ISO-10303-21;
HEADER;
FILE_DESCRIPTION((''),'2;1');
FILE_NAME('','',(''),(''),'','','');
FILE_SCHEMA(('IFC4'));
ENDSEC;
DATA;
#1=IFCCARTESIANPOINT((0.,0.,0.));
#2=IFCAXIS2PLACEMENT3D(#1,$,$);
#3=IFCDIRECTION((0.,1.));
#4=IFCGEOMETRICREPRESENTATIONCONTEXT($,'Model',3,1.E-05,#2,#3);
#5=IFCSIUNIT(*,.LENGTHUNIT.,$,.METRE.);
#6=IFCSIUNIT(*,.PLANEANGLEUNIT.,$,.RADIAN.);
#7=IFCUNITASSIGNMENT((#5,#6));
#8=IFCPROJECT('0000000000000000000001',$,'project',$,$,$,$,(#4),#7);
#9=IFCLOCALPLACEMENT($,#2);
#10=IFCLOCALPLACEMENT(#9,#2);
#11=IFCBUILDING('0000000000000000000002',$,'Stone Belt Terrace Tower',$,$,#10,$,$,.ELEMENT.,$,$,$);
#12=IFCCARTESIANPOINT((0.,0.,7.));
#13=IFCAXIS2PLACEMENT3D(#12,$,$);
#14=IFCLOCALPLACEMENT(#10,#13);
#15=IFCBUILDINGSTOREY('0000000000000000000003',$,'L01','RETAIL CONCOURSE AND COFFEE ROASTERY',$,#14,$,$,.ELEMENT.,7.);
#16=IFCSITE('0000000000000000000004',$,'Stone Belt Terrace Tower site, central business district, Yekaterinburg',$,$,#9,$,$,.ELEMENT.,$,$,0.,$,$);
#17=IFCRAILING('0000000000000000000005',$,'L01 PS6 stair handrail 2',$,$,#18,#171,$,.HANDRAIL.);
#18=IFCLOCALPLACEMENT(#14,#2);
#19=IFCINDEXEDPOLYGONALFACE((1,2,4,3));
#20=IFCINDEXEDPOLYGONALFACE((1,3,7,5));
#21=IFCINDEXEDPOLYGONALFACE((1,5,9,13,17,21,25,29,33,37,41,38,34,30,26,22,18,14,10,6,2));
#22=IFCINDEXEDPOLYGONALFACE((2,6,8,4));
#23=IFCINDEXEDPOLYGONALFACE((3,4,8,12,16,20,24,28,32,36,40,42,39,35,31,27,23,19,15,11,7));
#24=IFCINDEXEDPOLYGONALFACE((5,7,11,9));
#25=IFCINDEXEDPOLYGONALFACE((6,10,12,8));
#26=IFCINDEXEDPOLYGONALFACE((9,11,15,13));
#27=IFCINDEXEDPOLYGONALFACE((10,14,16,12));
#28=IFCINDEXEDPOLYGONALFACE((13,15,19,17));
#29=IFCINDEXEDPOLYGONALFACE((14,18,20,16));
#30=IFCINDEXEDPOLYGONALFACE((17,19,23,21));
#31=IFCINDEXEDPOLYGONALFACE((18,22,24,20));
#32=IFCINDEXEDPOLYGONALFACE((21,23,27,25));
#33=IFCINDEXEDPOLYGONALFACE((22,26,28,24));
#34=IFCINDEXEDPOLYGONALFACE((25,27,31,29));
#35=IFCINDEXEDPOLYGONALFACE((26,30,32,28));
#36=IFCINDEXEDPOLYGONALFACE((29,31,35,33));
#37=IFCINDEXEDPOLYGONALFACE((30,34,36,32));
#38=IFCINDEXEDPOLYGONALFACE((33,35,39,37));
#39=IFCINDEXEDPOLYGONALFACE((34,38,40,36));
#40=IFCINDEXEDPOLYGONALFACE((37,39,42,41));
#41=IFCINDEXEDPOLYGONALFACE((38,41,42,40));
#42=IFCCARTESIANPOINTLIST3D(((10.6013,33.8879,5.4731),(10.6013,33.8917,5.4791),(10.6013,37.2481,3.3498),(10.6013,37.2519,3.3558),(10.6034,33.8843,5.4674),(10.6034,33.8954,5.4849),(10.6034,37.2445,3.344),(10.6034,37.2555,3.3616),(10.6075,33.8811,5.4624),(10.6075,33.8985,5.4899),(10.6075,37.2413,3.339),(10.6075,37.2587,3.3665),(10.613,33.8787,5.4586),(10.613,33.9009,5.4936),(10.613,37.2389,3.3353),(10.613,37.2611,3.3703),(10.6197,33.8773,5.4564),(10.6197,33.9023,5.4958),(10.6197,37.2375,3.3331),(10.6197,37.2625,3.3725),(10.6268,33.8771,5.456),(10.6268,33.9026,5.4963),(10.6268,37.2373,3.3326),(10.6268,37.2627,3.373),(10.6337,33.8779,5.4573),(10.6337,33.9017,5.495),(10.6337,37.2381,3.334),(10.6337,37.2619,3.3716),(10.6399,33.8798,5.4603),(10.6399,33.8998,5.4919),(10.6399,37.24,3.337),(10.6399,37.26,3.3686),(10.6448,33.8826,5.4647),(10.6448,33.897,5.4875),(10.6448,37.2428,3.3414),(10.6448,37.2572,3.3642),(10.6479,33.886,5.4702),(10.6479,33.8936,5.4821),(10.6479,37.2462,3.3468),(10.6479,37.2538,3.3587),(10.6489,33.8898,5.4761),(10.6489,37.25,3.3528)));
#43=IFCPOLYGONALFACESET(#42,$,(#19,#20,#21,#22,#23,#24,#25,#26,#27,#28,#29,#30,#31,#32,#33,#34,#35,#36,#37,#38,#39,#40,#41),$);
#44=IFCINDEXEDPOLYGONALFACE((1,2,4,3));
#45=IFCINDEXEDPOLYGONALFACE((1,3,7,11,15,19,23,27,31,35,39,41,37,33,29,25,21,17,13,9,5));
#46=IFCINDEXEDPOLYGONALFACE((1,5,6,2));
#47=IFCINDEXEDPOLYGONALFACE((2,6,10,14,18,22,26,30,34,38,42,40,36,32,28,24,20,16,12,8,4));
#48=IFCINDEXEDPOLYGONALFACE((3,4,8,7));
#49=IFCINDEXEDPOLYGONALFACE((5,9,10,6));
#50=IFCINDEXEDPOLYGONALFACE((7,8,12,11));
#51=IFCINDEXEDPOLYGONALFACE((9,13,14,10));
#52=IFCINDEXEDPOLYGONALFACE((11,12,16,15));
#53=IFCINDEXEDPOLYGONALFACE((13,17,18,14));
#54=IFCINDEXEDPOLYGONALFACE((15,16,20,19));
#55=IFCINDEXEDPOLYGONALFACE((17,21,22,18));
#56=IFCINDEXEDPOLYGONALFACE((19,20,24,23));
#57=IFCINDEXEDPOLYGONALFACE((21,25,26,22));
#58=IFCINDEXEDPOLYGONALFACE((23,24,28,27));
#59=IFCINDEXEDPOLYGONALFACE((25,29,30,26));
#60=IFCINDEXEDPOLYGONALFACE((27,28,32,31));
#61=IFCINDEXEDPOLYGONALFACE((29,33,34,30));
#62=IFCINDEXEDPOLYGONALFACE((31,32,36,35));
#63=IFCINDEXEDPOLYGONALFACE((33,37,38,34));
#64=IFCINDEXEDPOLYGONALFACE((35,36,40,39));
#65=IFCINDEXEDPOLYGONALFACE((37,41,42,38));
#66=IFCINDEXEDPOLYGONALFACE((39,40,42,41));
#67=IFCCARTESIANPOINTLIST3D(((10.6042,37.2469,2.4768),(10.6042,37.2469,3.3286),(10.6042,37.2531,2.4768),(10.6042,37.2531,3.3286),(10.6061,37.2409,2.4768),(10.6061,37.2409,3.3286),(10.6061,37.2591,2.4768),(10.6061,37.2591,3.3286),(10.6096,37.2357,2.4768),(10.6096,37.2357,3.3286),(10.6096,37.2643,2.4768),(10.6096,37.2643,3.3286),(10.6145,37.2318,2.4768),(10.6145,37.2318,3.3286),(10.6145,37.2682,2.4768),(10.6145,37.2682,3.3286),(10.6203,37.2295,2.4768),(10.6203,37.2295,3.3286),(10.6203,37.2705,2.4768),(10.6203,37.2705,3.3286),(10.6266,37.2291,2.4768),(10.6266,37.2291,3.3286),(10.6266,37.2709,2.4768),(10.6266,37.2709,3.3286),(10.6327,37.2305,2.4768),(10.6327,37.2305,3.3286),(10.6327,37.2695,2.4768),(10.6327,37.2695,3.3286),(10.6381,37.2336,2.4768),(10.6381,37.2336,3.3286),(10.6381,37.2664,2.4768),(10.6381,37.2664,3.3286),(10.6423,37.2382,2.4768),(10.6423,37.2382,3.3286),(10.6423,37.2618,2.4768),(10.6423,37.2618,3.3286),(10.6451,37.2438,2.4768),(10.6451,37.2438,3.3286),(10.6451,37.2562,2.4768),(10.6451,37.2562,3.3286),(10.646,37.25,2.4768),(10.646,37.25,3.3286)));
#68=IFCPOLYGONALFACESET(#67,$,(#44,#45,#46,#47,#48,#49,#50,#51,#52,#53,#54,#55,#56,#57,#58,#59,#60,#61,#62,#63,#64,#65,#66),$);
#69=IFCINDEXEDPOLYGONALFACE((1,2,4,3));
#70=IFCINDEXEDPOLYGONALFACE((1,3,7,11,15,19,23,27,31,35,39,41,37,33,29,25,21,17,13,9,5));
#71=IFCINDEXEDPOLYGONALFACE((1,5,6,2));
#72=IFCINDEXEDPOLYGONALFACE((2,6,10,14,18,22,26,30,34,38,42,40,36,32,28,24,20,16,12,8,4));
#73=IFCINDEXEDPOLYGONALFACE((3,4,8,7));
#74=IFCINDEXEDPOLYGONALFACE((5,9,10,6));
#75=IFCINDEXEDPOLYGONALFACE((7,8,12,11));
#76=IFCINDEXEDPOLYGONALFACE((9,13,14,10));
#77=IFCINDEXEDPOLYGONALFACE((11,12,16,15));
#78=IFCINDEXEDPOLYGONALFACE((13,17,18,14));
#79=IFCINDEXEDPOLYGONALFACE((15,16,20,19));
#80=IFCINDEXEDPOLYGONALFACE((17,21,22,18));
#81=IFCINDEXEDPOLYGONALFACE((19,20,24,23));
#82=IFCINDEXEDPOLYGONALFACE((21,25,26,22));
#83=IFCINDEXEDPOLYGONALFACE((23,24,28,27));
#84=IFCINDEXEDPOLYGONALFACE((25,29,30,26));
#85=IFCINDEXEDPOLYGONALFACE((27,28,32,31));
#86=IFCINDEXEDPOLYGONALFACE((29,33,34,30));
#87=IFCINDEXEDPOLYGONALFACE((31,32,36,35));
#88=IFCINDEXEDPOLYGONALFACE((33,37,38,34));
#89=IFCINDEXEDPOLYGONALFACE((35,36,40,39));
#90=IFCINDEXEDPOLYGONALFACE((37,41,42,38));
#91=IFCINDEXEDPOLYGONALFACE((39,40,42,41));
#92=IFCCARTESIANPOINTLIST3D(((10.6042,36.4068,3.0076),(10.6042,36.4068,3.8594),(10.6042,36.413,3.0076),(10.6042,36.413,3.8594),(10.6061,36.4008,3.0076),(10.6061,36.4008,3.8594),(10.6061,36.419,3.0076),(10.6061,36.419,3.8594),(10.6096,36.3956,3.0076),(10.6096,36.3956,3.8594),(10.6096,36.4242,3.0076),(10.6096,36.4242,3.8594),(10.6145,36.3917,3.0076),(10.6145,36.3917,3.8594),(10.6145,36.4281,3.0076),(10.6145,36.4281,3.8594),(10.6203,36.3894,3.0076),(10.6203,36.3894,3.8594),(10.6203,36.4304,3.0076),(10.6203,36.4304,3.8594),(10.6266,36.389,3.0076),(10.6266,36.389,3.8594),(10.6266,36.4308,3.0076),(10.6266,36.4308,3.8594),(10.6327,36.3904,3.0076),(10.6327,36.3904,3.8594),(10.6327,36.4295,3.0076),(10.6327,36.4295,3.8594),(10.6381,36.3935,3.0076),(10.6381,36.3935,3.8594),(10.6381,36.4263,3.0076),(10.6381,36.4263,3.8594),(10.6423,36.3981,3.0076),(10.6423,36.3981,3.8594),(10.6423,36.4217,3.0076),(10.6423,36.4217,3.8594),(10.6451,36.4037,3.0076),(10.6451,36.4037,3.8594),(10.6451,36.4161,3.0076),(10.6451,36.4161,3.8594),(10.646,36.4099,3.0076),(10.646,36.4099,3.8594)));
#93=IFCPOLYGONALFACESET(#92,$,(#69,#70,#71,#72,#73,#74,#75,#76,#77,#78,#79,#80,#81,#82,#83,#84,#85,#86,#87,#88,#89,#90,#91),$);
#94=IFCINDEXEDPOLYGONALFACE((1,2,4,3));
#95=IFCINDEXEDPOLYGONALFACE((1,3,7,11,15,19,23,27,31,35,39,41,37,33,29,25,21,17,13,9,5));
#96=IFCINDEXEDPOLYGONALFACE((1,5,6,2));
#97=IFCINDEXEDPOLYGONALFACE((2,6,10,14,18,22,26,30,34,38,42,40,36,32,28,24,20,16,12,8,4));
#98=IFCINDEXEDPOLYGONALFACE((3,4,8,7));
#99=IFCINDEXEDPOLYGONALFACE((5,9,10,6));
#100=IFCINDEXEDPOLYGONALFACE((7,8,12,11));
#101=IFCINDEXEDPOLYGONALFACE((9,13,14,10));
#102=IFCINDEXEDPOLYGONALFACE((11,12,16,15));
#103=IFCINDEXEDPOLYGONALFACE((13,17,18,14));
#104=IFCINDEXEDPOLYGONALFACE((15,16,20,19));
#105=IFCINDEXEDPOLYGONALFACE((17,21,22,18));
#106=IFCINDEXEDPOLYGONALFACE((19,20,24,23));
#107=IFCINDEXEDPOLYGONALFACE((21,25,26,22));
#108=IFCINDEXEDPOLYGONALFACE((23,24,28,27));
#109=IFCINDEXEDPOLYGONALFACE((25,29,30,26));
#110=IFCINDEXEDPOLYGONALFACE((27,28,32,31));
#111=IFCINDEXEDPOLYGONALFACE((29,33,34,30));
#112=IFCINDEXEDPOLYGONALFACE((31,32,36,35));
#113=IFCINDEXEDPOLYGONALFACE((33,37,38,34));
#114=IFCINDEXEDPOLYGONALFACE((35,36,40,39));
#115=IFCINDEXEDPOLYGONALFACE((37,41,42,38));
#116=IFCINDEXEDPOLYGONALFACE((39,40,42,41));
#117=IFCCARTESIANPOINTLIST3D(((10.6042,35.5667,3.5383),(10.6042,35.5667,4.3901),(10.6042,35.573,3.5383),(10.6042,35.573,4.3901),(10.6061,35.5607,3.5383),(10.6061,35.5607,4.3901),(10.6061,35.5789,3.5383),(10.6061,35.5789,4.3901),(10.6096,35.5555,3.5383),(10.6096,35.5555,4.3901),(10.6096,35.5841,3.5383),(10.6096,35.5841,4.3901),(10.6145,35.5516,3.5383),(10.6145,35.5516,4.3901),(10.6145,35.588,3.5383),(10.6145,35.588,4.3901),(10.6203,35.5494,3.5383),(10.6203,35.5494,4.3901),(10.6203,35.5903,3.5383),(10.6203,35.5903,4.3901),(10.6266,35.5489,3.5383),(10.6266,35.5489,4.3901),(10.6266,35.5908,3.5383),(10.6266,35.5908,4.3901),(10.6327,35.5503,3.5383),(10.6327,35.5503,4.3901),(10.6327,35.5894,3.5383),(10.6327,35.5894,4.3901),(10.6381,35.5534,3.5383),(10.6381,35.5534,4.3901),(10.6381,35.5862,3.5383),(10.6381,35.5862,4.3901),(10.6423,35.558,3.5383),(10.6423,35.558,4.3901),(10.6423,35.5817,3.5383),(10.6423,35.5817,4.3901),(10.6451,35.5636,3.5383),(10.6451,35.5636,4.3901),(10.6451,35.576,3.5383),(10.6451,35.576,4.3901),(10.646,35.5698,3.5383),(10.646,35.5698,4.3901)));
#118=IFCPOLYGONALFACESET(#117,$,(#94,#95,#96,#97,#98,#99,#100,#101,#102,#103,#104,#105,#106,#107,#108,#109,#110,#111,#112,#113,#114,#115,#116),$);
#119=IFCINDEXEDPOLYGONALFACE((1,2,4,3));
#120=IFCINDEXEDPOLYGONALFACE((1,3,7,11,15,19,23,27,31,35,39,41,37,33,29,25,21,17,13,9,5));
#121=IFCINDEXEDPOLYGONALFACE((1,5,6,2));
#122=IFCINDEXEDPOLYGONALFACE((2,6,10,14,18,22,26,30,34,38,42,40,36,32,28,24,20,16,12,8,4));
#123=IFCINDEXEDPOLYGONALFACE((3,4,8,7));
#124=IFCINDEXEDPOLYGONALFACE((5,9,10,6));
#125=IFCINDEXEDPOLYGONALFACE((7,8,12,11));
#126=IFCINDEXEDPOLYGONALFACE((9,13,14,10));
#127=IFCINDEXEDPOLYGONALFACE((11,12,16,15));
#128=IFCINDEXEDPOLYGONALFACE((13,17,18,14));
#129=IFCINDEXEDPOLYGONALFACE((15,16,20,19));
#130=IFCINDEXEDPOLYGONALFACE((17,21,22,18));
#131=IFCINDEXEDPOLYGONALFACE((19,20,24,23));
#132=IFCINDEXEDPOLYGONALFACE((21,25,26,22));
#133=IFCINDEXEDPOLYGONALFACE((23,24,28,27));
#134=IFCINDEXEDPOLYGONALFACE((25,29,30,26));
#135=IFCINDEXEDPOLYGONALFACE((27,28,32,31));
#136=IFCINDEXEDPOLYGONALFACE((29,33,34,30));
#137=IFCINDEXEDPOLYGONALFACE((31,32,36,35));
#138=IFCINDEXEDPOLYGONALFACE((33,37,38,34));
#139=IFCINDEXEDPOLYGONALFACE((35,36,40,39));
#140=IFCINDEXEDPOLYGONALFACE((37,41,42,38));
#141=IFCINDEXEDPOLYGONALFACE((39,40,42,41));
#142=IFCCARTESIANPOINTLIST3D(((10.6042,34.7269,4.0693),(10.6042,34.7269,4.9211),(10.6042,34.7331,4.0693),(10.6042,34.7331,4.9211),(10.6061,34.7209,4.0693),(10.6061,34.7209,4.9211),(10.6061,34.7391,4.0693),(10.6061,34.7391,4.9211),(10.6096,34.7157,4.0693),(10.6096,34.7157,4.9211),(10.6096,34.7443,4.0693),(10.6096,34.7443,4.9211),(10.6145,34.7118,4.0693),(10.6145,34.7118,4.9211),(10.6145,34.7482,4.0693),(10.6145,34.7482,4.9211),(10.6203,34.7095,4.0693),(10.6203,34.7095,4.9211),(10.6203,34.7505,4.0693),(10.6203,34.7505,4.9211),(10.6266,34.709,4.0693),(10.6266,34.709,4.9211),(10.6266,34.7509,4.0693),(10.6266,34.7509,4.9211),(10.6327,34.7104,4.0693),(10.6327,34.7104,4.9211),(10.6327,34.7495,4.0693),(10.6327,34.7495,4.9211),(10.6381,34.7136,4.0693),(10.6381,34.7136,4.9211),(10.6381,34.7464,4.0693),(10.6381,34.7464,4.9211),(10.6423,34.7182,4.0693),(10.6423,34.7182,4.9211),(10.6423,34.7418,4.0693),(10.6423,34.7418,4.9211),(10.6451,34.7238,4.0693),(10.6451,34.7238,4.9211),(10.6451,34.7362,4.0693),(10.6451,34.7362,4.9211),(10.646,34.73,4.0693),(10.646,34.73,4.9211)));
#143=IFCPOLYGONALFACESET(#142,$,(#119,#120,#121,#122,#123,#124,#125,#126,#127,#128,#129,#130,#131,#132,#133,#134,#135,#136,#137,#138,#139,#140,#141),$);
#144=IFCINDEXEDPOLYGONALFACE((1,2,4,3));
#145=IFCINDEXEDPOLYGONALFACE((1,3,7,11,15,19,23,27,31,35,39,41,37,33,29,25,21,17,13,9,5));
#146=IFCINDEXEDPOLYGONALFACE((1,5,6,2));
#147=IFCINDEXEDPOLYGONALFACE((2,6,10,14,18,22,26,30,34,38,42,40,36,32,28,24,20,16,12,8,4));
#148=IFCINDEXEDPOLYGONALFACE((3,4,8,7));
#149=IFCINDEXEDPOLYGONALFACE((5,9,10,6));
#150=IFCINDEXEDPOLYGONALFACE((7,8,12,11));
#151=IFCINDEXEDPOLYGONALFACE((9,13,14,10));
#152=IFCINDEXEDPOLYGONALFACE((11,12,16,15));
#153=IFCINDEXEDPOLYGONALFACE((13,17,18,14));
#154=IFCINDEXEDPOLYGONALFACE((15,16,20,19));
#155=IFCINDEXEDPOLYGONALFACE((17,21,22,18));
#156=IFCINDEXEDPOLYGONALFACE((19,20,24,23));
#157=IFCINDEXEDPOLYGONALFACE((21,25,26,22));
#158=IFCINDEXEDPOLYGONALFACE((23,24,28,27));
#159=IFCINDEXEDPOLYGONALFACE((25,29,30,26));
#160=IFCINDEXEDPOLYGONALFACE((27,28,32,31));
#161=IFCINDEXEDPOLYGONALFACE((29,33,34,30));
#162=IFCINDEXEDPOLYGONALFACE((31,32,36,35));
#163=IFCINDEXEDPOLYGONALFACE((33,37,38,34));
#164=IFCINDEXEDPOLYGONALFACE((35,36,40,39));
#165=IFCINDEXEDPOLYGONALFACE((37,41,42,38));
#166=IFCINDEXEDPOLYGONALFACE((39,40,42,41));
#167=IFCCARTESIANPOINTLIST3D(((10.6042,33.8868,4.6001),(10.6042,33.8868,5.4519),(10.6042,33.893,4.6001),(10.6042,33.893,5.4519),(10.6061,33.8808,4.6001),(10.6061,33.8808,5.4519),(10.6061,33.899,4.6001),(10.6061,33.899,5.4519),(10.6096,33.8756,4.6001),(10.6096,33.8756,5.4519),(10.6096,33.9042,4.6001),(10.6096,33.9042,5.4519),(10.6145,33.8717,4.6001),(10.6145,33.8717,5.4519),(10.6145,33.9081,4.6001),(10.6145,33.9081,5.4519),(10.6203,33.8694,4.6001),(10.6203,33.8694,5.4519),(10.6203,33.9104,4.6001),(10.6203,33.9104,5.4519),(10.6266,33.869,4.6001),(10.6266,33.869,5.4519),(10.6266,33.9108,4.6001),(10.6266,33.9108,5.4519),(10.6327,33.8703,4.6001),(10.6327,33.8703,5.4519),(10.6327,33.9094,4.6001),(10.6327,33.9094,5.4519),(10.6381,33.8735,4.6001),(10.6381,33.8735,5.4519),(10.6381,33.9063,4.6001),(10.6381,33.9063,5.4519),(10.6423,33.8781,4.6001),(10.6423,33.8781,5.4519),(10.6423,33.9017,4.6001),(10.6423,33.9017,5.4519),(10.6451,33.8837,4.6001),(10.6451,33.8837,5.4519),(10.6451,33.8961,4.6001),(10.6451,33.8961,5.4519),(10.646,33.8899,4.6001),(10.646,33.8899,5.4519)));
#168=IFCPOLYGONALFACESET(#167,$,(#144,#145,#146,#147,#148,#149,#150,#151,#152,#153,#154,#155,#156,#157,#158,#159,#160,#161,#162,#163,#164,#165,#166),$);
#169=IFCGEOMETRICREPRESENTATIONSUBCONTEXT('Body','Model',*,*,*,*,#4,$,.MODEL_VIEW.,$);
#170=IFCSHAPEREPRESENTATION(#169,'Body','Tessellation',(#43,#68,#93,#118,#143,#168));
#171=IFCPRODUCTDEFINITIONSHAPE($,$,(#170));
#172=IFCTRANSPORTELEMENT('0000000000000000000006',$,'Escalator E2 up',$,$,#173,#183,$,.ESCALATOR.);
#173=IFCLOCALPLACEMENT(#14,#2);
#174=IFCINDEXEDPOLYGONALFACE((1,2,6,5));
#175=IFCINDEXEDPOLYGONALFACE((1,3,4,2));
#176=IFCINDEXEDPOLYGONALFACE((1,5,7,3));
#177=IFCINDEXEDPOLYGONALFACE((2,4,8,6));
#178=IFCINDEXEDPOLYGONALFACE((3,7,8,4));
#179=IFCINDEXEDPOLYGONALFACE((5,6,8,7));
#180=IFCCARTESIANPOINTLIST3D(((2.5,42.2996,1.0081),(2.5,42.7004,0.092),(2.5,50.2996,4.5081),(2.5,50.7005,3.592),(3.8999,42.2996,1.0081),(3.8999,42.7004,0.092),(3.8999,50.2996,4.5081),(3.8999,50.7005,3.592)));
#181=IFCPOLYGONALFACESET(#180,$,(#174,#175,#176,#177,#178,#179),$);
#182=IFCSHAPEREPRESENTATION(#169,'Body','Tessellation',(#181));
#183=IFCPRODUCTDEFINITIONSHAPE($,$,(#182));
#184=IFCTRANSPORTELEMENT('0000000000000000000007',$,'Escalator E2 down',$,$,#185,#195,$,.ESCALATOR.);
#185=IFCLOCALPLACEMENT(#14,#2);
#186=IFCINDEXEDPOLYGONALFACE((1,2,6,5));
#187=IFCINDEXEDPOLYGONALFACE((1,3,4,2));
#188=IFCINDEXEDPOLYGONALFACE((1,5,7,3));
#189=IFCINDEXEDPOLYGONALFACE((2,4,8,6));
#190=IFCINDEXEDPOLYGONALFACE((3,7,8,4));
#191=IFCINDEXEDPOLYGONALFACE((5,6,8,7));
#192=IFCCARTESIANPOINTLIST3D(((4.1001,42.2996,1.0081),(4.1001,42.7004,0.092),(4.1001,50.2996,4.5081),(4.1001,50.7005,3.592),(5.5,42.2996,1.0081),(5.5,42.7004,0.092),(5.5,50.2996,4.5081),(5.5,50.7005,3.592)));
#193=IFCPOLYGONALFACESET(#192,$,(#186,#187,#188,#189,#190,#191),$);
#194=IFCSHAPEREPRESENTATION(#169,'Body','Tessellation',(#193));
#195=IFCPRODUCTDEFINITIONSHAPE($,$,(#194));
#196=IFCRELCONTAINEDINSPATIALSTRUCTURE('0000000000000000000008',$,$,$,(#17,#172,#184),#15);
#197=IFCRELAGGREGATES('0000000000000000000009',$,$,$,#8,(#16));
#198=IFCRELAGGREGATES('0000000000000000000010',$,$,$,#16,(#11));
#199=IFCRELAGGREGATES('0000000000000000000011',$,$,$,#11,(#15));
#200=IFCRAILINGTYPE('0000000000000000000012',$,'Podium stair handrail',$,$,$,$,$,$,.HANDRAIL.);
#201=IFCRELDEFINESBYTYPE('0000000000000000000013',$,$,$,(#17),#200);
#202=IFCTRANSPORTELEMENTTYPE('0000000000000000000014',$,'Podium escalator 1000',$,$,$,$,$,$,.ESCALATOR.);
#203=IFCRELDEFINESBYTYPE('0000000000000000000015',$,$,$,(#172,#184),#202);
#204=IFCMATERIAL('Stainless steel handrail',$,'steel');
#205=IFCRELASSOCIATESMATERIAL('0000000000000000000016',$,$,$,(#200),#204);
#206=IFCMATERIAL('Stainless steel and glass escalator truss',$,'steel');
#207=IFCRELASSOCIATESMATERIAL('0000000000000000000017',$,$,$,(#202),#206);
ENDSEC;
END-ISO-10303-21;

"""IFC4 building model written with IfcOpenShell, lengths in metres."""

from ifc_helpers import new_model, si_unit, direction, frame, origin, origin_2d, place, context, subcontext, project, spatial, rectangle, circle, extrude, material, material_profile, profile_set, type_object, element, save


model = new_model("IFC4")

# Units and contexts
model_context = context("Model", 3, precision=1e-05, world=origin(), true_north=direction((0.0, 1.0)))
body_context = subcontext(model_context, "Body", "Model", "MODEL_VIEW")
ifc_project = project(units=[si_unit("LENGTHUNIT", "METRE"), si_unit("PLANEANGLEUNIT", "RADIAN")], contexts=[model_context])

# Site, building, storey
site_placement = place(None, origin())
site = spatial("IfcSite", under=ifc_project, at=site_placement, Name="Stone Belt Terrace Tower site, central business district, Yekaterinburg", CompositionType="ELEMENT", RefElevation=0.0)
building_placement = place(site_placement, origin())
building = spatial("IfcBuilding", under=site, at=building_placement, Name="Stone Belt Terrace Tower", CompositionType="ELEMENT")
storey_placement = place(building_placement, frame((0.0, 0.0, 7.0)))
storey = spatial("IfcBuildingStorey", under=building, at=storey_placement, Name="L01", Description="RETAIL CONCOURSE AND COFFEE ROASTERY", CompositionType="ELEMENT", Elevation=7.0)

# Railing
ifc_material_1 = material(Name="Stainless steel handrail", Category="steel")
railing_type_1 = type_object("IfcRailingType", Name="Podium stair handrail", PredefinedType="HANDRAIL", material=ifc_material_1)
railing_1_placement = place(storey_placement, frame((10.625, 37.25, 2.4768)))
element("IfcRailing", 1, at=railing_1_placement, inside=storey, type_object=railing_type_1, Name="L01 PS6 stair handrail 2", PredefinedType="HANDRAIL", context=body_context, shape_type="SweptSolid", body=[
    extrude(circle(Radius=0.0239, at=origin_2d()), frame((0.0, 0.0, 0.876), z_axis=(0.0, -0.845362, 0.534194), x_axis=(1.0, 0.0, 0.0)), (0.0, 0.0, 1.0), 3.9749),
    extrude(circle(Radius=0.021, at=origin_2d()), origin(), (0.0, 0.0, 1.0), 0.8518),
    extrude(circle(Radius=0.021, at=origin_2d()), frame((0.0, -0.8401, 0.5308)), (0.0, 0.0, 1.0), 0.8518),
    extrude(circle(Radius=0.021, at=origin_2d()), frame((0.0, -1.6802, 1.0615)), (0.0, 0.0, 1.0), 0.8518),
    extrude(circle(Radius=0.021, at=origin_2d()), frame((0.0, -2.52, 1.5925)), (0.0, 0.0, 1.0), 0.8518),
    extrude(circle(Radius=0.021, at=origin_2d()), frame((0.0, -3.3601, 2.1233)), (0.0, 0.0, 1.0), 0.8518),
])

# Transport elements
ifc_material_2 = material(Name="Stainless steel and glass escalator truss", Category="steel")
ifc_material_profile_1 = material_profile(ifc_material_2, rectangle(XDim=1.3999, YDim=1.0, at=origin_2d()), Name="Podium escalator 1000")
ifc_profile_set_1 = profile_set([ifc_material_profile_1], Name="Stainless steel and glass escalator truss")
transport_element_type = type_object("IfcTransportElementType", Name="Podium escalator 1000", PredefinedType="ESCALATOR", material=ifc_profile_set_1)
for number, where, z_axis, x_axis, name in (
    (2, (3.2, 42.5, 0.55), (0.0, 0.916157, 0.400819), (-1.0, 0.0, 0.0), "Escalator E2 up"),
    (3, (4.8, 42.5, 0.55), (0.0, 0.916157, 0.400819), (-1.0, 0.0, 0.0), "Escalator E2 down"),
):
    element("IfcTransportElement", number, at=place(storey_placement, frame(where, z_axis=z_axis, x_axis=x_axis)), inside=storey, type_object=transport_element_type, Name=name, PredefinedType="ESCALATOR", context=body_context, shape_type="SweptSolid", body=[
        extrude(rectangle(XDim=1.3999, YDim=1.0, at=origin_2d()), origin(), (0.0, 0.0, 1.0), 8.7322),
    ])

save(model, "model.ifc")
